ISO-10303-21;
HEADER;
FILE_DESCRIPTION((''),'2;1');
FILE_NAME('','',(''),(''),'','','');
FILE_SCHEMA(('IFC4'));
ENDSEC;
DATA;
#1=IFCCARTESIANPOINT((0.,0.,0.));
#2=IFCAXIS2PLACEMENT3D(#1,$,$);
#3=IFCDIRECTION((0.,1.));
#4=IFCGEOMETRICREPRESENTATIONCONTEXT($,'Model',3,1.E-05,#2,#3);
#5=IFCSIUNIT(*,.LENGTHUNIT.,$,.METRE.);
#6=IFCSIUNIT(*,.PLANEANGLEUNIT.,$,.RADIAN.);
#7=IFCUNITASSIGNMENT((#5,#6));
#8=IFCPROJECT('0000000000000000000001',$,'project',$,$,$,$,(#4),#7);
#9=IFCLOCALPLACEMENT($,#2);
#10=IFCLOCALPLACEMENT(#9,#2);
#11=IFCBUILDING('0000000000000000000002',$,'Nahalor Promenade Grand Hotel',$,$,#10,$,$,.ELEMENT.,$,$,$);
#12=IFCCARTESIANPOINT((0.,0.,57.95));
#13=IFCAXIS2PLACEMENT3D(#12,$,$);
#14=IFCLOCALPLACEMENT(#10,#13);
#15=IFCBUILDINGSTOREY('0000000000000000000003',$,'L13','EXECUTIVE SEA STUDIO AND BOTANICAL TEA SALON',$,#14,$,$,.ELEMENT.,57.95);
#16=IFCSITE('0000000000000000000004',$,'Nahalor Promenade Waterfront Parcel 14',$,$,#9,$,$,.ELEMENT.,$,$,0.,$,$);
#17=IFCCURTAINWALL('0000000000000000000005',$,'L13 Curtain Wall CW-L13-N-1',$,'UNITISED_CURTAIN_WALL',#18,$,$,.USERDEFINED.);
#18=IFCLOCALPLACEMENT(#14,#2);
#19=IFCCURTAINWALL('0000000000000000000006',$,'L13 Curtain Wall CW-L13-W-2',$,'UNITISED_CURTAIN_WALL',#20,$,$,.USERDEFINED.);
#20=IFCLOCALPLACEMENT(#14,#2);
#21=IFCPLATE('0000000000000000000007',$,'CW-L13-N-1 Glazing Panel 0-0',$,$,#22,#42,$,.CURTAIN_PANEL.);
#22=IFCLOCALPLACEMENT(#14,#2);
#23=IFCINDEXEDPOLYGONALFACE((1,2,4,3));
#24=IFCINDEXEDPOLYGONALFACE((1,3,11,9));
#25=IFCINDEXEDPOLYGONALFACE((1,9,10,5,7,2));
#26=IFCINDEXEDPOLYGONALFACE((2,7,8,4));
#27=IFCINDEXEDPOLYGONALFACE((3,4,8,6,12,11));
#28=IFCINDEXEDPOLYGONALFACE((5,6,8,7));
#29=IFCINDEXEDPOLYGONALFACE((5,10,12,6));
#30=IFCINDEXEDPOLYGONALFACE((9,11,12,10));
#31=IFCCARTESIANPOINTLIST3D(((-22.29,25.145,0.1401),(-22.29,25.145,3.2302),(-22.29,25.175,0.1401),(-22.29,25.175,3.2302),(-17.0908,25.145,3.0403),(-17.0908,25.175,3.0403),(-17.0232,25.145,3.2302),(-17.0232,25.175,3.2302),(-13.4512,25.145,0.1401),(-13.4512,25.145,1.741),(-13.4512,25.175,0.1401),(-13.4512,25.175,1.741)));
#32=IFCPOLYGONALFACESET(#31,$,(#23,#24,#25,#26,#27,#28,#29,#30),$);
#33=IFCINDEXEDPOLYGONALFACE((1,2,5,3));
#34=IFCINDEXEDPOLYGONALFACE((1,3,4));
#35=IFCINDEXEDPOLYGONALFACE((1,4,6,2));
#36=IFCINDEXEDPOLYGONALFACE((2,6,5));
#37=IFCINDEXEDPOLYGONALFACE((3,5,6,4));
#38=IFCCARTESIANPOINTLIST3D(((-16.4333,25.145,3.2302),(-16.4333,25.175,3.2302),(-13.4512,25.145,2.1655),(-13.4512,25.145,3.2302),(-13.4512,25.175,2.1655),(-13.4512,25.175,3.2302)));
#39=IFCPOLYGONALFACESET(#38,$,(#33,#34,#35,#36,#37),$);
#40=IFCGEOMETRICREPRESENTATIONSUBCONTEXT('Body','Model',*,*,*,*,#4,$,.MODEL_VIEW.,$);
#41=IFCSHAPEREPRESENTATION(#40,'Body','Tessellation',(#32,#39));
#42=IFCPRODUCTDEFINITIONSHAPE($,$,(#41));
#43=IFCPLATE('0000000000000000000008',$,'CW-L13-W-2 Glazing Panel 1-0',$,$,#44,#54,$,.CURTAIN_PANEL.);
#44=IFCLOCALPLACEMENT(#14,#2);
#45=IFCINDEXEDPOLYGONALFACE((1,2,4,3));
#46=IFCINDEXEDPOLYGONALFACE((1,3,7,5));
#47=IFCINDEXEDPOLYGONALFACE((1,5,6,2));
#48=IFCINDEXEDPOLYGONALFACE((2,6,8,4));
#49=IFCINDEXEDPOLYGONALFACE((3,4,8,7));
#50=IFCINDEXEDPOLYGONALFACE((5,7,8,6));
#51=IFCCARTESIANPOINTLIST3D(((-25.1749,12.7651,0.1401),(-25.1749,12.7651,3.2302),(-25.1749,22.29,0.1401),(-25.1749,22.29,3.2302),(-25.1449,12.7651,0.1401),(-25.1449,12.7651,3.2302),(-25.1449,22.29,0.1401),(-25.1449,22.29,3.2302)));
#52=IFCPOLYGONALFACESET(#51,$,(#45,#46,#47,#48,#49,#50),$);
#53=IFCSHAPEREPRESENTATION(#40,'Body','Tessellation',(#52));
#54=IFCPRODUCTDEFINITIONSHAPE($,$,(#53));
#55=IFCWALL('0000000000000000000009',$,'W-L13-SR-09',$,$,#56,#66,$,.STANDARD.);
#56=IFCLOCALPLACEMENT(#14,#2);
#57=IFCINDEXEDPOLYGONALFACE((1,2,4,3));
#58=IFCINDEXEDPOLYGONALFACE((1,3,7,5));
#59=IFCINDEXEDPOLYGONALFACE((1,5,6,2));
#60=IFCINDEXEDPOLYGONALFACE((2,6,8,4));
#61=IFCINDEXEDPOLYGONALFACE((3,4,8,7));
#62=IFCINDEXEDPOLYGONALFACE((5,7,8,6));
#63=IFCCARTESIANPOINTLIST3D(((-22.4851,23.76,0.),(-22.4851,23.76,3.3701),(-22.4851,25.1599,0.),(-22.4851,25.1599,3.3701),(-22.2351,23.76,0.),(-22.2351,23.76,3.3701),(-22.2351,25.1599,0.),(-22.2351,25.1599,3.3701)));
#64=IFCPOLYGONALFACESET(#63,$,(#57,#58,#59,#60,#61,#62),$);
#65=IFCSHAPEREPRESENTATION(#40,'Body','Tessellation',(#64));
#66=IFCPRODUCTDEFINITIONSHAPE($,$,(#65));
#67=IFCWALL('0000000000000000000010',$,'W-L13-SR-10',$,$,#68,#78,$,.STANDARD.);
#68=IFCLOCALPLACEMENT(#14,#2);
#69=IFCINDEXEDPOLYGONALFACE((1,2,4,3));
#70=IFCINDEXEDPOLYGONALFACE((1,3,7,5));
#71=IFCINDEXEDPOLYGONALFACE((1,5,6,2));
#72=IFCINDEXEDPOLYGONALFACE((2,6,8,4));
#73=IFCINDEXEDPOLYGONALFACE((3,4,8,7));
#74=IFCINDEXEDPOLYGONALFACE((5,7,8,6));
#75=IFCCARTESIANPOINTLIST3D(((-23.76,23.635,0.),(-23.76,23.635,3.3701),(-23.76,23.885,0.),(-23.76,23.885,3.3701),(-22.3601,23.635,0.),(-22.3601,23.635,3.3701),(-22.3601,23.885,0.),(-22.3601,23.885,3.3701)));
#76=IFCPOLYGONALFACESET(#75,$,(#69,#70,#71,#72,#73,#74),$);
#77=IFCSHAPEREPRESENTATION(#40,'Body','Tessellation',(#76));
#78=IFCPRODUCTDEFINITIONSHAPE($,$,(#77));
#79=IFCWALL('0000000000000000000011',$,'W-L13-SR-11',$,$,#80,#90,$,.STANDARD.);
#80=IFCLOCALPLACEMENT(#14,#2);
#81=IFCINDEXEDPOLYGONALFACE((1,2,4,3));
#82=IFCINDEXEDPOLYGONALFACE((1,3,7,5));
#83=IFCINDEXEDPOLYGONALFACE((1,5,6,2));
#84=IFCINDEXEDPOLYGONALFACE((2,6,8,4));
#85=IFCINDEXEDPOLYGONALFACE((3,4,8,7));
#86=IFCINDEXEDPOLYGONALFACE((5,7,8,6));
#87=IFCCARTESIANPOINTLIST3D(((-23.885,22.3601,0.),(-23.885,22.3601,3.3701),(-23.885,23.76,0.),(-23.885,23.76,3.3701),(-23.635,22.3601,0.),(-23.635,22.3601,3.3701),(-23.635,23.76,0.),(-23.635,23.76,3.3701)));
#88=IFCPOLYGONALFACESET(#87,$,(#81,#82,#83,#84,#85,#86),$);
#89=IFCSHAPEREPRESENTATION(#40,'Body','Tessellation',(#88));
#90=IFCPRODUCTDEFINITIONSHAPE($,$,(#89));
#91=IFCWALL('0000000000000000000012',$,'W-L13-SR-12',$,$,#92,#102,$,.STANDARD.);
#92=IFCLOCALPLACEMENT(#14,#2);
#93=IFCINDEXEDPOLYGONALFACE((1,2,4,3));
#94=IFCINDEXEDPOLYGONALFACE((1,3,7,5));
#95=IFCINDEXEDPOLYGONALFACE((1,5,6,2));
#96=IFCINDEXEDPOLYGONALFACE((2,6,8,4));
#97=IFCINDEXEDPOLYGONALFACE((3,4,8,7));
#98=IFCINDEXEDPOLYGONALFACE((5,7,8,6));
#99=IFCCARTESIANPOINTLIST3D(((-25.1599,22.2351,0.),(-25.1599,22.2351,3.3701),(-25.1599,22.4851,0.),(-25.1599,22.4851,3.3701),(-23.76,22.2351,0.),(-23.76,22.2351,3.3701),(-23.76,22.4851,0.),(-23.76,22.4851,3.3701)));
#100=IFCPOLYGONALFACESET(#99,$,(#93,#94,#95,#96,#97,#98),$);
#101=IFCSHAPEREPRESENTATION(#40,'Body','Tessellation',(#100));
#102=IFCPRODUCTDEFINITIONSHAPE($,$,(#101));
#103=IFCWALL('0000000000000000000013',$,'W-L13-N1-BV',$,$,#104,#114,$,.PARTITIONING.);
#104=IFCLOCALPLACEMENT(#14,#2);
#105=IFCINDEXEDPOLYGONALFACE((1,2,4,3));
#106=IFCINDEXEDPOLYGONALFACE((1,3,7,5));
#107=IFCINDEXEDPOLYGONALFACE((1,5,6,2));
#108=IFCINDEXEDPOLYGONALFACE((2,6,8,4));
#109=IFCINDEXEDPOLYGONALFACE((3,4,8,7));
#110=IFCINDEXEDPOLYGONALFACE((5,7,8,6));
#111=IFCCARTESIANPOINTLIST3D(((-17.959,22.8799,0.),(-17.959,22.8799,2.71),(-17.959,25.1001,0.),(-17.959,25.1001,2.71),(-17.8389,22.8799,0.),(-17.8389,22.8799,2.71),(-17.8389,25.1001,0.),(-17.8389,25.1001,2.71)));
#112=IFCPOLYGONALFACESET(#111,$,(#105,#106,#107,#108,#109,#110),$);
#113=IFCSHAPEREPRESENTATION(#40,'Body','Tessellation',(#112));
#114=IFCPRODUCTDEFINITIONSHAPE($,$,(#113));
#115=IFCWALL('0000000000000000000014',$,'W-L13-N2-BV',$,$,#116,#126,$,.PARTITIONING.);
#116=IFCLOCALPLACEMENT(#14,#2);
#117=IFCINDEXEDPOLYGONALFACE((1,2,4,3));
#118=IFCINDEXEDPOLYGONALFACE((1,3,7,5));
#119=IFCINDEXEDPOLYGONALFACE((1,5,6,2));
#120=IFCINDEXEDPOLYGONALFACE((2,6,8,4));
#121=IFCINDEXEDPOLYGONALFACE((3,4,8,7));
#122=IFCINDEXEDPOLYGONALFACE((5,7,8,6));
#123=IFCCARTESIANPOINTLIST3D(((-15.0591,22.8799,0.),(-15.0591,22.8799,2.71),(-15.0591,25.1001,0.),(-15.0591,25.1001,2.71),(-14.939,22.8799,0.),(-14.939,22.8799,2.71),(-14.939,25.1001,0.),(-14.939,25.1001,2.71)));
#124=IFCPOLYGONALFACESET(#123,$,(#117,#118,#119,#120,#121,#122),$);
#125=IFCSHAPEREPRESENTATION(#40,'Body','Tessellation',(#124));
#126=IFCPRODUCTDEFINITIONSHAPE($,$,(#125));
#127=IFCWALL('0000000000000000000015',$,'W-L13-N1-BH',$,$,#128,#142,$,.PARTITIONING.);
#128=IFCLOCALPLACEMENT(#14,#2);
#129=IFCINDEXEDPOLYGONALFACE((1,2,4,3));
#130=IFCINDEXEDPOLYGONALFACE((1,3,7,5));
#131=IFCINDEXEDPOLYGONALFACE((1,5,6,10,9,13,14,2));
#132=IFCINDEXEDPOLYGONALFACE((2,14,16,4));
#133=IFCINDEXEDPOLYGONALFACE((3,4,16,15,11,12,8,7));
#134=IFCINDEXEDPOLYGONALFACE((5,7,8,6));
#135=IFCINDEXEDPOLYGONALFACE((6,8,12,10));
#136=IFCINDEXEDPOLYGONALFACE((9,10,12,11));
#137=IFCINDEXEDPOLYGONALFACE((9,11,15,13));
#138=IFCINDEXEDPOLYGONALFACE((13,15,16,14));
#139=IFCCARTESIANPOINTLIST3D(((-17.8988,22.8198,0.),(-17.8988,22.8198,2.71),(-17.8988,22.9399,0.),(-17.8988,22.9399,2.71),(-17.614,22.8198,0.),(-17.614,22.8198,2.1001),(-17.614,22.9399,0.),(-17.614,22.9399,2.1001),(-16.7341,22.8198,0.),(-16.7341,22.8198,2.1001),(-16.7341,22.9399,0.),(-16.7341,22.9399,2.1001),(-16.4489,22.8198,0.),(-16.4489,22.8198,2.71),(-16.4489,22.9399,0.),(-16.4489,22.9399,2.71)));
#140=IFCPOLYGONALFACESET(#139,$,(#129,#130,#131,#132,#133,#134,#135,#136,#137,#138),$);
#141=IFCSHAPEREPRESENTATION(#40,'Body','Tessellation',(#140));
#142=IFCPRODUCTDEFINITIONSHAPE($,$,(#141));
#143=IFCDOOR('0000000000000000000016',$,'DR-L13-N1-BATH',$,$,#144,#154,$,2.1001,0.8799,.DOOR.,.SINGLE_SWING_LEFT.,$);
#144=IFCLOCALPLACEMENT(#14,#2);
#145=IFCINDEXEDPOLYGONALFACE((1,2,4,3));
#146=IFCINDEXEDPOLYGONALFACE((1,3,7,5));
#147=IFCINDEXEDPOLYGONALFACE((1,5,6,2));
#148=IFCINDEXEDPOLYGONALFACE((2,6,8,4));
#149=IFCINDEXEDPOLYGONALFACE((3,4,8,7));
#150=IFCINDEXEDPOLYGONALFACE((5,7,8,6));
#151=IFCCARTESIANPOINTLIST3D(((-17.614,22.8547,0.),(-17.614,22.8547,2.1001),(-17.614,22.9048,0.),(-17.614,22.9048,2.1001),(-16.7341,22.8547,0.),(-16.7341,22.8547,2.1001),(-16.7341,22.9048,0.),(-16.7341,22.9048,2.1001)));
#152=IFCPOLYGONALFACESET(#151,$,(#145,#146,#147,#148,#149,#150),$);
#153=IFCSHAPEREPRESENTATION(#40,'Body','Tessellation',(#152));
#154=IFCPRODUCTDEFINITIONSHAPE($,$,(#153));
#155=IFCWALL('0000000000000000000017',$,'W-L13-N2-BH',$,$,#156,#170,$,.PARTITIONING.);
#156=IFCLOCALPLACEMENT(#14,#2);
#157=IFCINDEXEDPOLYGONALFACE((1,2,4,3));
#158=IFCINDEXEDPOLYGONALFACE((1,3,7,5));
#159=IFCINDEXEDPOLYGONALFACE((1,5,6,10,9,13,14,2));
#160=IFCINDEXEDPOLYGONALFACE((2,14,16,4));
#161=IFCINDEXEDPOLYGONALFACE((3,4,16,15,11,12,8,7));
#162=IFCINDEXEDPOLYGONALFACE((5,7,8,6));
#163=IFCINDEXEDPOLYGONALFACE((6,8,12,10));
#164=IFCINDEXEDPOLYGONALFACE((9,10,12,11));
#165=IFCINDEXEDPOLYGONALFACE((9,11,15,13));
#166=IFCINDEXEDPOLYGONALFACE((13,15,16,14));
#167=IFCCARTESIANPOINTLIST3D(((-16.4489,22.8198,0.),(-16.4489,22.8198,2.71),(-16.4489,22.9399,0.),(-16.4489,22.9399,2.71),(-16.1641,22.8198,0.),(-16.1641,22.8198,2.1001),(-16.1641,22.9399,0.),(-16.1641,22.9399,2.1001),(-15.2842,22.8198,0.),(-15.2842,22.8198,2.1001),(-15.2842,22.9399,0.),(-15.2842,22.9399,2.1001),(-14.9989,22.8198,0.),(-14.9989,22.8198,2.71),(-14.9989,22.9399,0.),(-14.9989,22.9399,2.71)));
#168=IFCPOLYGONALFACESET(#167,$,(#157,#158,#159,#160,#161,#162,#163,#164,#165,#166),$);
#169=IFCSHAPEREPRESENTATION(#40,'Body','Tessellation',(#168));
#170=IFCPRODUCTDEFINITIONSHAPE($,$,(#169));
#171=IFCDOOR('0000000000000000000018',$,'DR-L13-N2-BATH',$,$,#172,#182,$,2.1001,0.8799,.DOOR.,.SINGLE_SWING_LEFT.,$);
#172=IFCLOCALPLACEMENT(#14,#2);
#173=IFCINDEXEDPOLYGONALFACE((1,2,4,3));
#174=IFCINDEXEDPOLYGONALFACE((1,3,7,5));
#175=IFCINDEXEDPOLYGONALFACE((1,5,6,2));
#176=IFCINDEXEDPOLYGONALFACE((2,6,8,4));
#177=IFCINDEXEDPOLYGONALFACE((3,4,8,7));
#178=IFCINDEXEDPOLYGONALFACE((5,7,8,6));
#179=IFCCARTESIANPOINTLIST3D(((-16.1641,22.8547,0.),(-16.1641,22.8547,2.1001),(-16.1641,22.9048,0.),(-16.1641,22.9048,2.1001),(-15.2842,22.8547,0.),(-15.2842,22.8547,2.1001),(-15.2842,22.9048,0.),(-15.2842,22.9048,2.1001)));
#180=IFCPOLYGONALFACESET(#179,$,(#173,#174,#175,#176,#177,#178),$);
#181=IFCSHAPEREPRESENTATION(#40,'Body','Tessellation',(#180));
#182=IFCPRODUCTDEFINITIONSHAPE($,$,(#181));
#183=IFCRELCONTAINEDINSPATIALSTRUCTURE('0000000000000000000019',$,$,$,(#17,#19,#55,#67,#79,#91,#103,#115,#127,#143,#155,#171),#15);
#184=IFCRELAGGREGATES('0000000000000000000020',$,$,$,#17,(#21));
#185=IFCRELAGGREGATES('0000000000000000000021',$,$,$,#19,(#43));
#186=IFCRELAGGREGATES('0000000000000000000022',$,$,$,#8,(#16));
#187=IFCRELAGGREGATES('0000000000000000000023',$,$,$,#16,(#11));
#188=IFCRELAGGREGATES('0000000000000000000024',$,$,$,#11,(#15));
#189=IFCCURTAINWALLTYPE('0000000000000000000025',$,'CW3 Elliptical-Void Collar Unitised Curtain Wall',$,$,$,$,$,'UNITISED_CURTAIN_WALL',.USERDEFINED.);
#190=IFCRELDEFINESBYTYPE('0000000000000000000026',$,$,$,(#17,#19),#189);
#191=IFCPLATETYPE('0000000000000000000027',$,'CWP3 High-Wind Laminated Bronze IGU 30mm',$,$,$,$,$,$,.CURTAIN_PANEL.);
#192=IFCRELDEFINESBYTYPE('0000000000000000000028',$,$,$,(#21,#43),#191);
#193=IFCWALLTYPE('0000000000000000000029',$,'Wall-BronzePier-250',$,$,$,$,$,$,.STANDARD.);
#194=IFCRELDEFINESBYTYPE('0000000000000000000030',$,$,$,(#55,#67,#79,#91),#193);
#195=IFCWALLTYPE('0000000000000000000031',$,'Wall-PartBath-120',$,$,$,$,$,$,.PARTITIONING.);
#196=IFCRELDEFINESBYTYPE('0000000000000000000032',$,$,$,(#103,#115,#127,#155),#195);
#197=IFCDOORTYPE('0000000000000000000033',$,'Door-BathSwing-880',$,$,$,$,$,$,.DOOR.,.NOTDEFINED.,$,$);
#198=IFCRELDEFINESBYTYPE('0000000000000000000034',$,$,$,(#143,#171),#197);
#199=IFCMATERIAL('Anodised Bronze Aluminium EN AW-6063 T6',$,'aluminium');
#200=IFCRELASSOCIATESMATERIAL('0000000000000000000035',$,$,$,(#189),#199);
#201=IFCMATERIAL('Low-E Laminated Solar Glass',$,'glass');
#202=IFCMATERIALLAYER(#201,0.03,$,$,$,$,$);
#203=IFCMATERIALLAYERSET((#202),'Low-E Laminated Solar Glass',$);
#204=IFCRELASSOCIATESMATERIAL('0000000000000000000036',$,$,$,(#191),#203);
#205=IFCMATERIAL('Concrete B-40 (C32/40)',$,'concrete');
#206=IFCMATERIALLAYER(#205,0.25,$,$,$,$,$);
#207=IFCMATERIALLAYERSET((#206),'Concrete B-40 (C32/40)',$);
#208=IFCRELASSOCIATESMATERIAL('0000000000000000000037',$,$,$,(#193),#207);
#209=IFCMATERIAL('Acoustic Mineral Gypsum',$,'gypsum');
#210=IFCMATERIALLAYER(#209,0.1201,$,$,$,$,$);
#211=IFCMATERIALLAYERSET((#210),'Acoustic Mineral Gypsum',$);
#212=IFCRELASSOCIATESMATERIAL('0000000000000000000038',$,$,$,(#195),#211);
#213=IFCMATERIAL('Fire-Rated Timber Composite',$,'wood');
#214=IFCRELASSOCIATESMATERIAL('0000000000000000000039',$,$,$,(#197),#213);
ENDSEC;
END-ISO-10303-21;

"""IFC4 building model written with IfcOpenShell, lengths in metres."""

from ifc_helpers import new_model, si_unit, direction, frame, frame_2d, origin, origin_2d, place, context, subcontext, project, spatial, polyline, rectangle, outline, extrude, source, transform, mapped, material, layer, layer_set, type_object, element, fill, aggregate, save


model = new_model("IFC4")

# Units and contexts
model_context = context("Model", 3, precision=1e-05, world=origin(), true_north=direction((0.0, 1.0)))
body_context = subcontext(model_context, "Body", "Model", "MODEL_VIEW")
ifc_project = project(units=[si_unit("LENGTHUNIT", "METRE"), si_unit("PLANEANGLEUNIT", "RADIAN")], contexts=[model_context])

# Site, building, storey
site_placement = place(None, origin())
site = spatial("IfcSite", under=ifc_project, at=site_placement, Name="Nahalor Promenade Waterfront Parcel 14", CompositionType="ELEMENT", RefElevation=0.0)
building_placement = place(site_placement, origin())
building = spatial("IfcBuilding", under=site, at=building_placement, Name="Nahalor Promenade Grand Hotel", CompositionType="ELEMENT")
storey_placement = place(building_placement, frame((0.0, 0.0, 57.95)))
storey = spatial("IfcBuildingStorey", under=building, at=storey_placement, Name="L13", Description="EXECUTIVE SEA STUDIO AND BOTANICAL TEA SALON", CompositionType="ELEMENT", Elevation=57.95)

# Curtain walls
ifc_material_1 = material(Name="Anodised Bronze Aluminium EN AW-6063 T6", Category="aluminium")
curtain_wall_type = type_object("IfcCurtainWallType", Name="CW3 Elliptical-Void Collar Unitised Curtain Wall", ElementType="UNITISED_CURTAIN_WALL", PredefinedType="USERDEFINED", material=ifc_material_1)
curtain_wall_1_placement = place(storey_placement, origin())
curtain_wall_1 = element("IfcCurtainWall", 1, at=curtain_wall_1_placement, inside=storey, type_object=curtain_wall_type, Name="L13 Curtain Wall CW-L13-N-1", ObjectType="UNITISED_CURTAIN_WALL", PredefinedType="USERDEFINED")
curtain_wall_2_placement = place(storey_placement, origin())
curtain_wall_2 = element("IfcCurtainWall", 2, at=curtain_wall_2_placement, inside=storey, type_object=curtain_wall_type, Name="L13 Curtain Wall CW-L13-W-2", ObjectType="UNITISED_CURTAIN_WALL", PredefinedType="USERDEFINED")

# Plates
ifc_material_2 = material(Name="Low-E Laminated Solar Glass", Category="glass")
ifc_layer_1 = layer(ifc_material_2, 0.03)
ifc_layer_set_1 = layer_set([ifc_layer_1], Name="Low-E Laminated Solar Glass")
plate_type = type_object("IfcPlateType", Name="CWP3 High-Wind Laminated Bronze IGU 30mm", PredefinedType="CURTAIN_PANEL", material=ifc_layer_set_1)
plate_1_placement = place(storey_placement, frame((-17.8706, 25.1599, 0.1401), z_axis=(0.0, 0.0, 1.0), x_axis=(1.0, 0.0, 0.0)))
plate_1 = element("IfcPlate", 3, at=plate_1_placement, type_object=plate_type, Name="CW-L13-N-1 Glazing Panel 0-0", PredefinedType="CURTAIN_PANEL", context=body_context, shape_type="SweptSolid", body=[
    extrude(outline(polyline([(-4.4194, 0.0), (4.4194, 0.0), (4.4194, 1.6008), (0.7798, 2.9001), (0.8474, 3.0901), (-4.4194, 3.0901), (-4.4194, 0.0)])), frame((0.0, 0.0151, 0.0), z_axis=(0.0, -1.0, 0.0), x_axis=(1.0, 0.0, 0.0)), (0.0, 0.0, 1.0), 0.03),
    extrude(outline(polyline([(4.4194, 2.0254), (4.4194, 3.0901), (1.4373, 3.0901), (4.4194, 2.0254)])), frame((0.0, 0.0151, 0.0), z_axis=(0.0, -1.0, 0.0), x_axis=(1.0, 0.0, 0.0)), (0.0, 0.0, 1.0), 0.03),
])
aggregate(curtain_wall_1, [plate_1])
shared_shape_1 = source(origin(), body_context, "Body", "SweptSolid", [
    extrude(rectangle(XDim=9.5249, YDim=0.03, at=origin_2d()), origin(), (0.0, 0.0, 1.0), 3.0901),
])
plate_2_placement = place(storey_placement, frame((-25.1599, 17.5276, 0.1401), z_axis=(0.0, 0.0, 1.0), x_axis=(0.0, 1.0, 0.0)))
plate_2 = element("IfcPlate", 4, at=plate_2_placement, type_object=plate_type, Name="CW-L13-W-2 Glazing Panel 1-0", PredefinedType="CURTAIN_PANEL", context=body_context, shape_type="MappedRepresentation", body=[
    mapped(shared_shape_1, transform((0.0, 0.0, 0.0), scale=1.0)),
])
aggregate(curtain_wall_2, [plate_2])

# Walls
ifc_material_3 = material(Name="Concrete B-40 (C32/40)", Category="concrete")
ifc_layer_2 = layer(ifc_material_3, 0.25)
ifc_layer_set_2 = layer_set([ifc_layer_2], Name="Concrete B-40 (C32/40)")
wall_type_1 = type_object("IfcWallType", Name="Wall-BronzePier-250", PredefinedType="STANDARD", material=ifc_layer_set_2)
shared_shape_2 = source(origin(), body_context, "Body", "SweptSolid", [
    extrude(rectangle(XDim=1.3999, YDim=0.25, at=frame_2d((0.7, 0.0))), origin(), (0.0, 0.0, 1.0), 3.3701),
])
for number, where, z_axis, x_axis, name in (
    (5, (-22.3601, 23.76, 0.0), (0.0, 0.0, 1.0), (0.0, 1.0, 0.0), "W-L13-SR-09"),
    (6, (-23.76, 23.76, 0.0), (0.0, 0.0, 1.0), (1.0, 0.0, 0.0), "W-L13-SR-10"),
    (7, (-23.76, 22.3601, 0.0), (0.0, 0.0, 1.0), (0.0, 1.0, 0.0), "W-L13-SR-11"),
    (8, (-25.1599, 22.3601, 0.0), (0.0, 0.0, 1.0), (1.0, 0.0, 0.0), "W-L13-SR-12"),
):
    element("IfcWall", number, at=place(storey_placement, frame(where, z_axis=z_axis, x_axis=x_axis)), inside=storey, type_object=wall_type_1, Name=name, PredefinedType="STANDARD", context=body_context, shape_type="MappedRepresentation", body=[
        mapped(shared_shape_2, transform((0.0, 0.0, 0.0), scale=1.0)),
    ])
ifc_material_4 = material(Name="Acoustic Mineral Gypsum", Category="gypsum")
ifc_layer_3 = layer(ifc_material_4, 0.1201)
ifc_layer_set_3 = layer_set([ifc_layer_3], Name="Acoustic Mineral Gypsum")
wall_type_2 = type_object("IfcWallType", Name="Wall-PartBath-120", PredefinedType="PARTITIONING", material=ifc_layer_set_3)
shared_shape_3 = source(origin(), body_context, "Body", "SweptSolid", [
    extrude(rectangle(XDim=2.2202, YDim=0.1201, at=frame_2d((1.1101, 0.0))), origin(), (0.0, 0.0, 1.0), 2.71),
])
for number, where, z_axis, x_axis, name in (
    (9, (-17.8989, 22.8799, 0.0), (0.0, 0.0, 1.0), (0.0, 1.0, 0.0), "W-L13-N1-BV"),
    (10, (-14.999, 22.8799, 0.0), (0.0, 0.0, 1.0), (0.0, 1.0, 0.0), "W-L13-N2-BV"),
):
    element("IfcWall", number, at=place(storey_placement, frame(where, z_axis=z_axis, x_axis=x_axis)), inside=storey, type_object=wall_type_2, Name=name, PredefinedType="PARTITIONING", context=body_context, shape_type="MappedRepresentation", body=[
        mapped(shared_shape_3, transform((0.0, 0.0, 0.0), scale=1.0)),
    ])

# Walls, openings, doors
shared_shape_4 = source(origin(), body_context, "Body", "SweptSolid", [
    extrude(rectangle(XDim=1.45, YDim=0.1201, at=frame_2d((0.7251, 0.0))), origin(), (0.0, 0.0, 1.0), 2.71),
])
wall_1_placement = place(storey_placement, frame((-17.8989, 22.8799, 0.0), z_axis=(0.0, 0.0, 1.0), x_axis=(1.0, 0.0, 0.0)))
wall_1 = element("IfcWall", 11, at=wall_1_placement, inside=storey, type_object=wall_type_2, Name="W-L13-N1-BH", PredefinedType="PARTITIONING", context=body_context, shape_type="MappedRepresentation", body=[
    mapped(shared_shape_4, transform((0.0, 0.0, 0.0), scale=1.0)),
])
opening_1_placement = place(wall_1_placement, frame((0.2849, 0.0, 0.0)))
opening_1 = element("IfcOpeningElement", 12, at=opening_1_placement, cuts=wall_1, PredefinedType="OPENING", context=body_context, shape_type="SweptSolid", body=[
    extrude(rectangle(XDim=0.8799, YDim=2.1001, at=frame_2d((0.4399, 1.05))), frame((0.0, 0.0701, 0.0), z_axis=(0.0, -1.0, 0.0), x_axis=(1.0, 0.0, 0.0)), (0.0, 0.0, 1.0), 0.1401),
])
ifc_material_5 = material(Name="Fire-Rated Timber Composite", Category="wood")
door_type = type_object("IfcDoorType", Name="Door-BathSwing-880", OperationType="NOTDEFINED", PredefinedType="DOOR", material=ifc_material_5)
shared_shape_5 = source(origin(), body_context, "Body", "SweptSolid", [
    extrude(rectangle(XDim=0.8799, YDim=2.1001, at=frame_2d((0.4399, 1.05))), frame((0.0, 0.0249, 0.0), z_axis=(0.0, -1.0, 0.0), x_axis=(1.0, 0.0, 0.0)), (0.0, 0.0, 1.0), 0.05),
])
door_1_placement = place(opening_1_placement, origin())
door_1 = element("IfcDoor", 13, at=door_1_placement, inside=storey, type_object=door_type, Name="DR-L13-N1-BATH", OperationType="SINGLE_SWING_LEFT", OverallHeight=2.1001, OverallWidth=0.8799, PredefinedType="DOOR", context=body_context, shape_type="MappedRepresentation", body=[
    mapped(shared_shape_5, transform((0.0, 0.0, 0.0), scale=1.0)),
])
fill(opening_1, door_1)
wall_2_placement = place(storey_placement, frame((-16.449, 22.8799, 0.0), z_axis=(0.0, 0.0, 1.0), x_axis=(1.0, 0.0, 0.0)))
wall_2 = element("IfcWall", 14, at=wall_2_placement, inside=storey, type_object=wall_type_2, Name="W-L13-N2-BH", PredefinedType="PARTITIONING", context=body_context, shape_type="MappedRepresentation", body=[
    mapped(shared_shape_4, transform((0.0, 0.0, 0.0), scale=1.0)),
])
opening_2_placement = place(wall_2_placement, frame((0.2849, 0.0, 0.0)))
opening_2 = element("IfcOpeningElement", 15, at=opening_2_placement, cuts=wall_2, PredefinedType="OPENING", context=body_context, shape_type="SweptSolid", body=[
    extrude(rectangle(XDim=0.8799, YDim=2.1001, at=frame_2d((0.4399, 1.05))), frame((0.0, 0.0701, 0.0), z_axis=(0.0, -1.0, 0.0), x_axis=(1.0, 0.0, 0.0)), (0.0, 0.0, 1.0), 0.1401),
])
door_2_placement = place(opening_2_placement, origin())
door_2 = element("IfcDoor", 16, at=door_2_placement, inside=storey, type_object=door_type, Name="DR-L13-N2-BATH", OperationType="SINGLE_SWING_LEFT", OverallHeight=2.1001, OverallWidth=0.8799, PredefinedType="DOOR", context=body_context, shape_type="MappedRepresentation", body=[
    mapped(shared_shape_5, transform((0.0, 0.0, 0.0), scale=1.0)),
])
fill(opening_2, door_2)

save(model, "model.ifc")
